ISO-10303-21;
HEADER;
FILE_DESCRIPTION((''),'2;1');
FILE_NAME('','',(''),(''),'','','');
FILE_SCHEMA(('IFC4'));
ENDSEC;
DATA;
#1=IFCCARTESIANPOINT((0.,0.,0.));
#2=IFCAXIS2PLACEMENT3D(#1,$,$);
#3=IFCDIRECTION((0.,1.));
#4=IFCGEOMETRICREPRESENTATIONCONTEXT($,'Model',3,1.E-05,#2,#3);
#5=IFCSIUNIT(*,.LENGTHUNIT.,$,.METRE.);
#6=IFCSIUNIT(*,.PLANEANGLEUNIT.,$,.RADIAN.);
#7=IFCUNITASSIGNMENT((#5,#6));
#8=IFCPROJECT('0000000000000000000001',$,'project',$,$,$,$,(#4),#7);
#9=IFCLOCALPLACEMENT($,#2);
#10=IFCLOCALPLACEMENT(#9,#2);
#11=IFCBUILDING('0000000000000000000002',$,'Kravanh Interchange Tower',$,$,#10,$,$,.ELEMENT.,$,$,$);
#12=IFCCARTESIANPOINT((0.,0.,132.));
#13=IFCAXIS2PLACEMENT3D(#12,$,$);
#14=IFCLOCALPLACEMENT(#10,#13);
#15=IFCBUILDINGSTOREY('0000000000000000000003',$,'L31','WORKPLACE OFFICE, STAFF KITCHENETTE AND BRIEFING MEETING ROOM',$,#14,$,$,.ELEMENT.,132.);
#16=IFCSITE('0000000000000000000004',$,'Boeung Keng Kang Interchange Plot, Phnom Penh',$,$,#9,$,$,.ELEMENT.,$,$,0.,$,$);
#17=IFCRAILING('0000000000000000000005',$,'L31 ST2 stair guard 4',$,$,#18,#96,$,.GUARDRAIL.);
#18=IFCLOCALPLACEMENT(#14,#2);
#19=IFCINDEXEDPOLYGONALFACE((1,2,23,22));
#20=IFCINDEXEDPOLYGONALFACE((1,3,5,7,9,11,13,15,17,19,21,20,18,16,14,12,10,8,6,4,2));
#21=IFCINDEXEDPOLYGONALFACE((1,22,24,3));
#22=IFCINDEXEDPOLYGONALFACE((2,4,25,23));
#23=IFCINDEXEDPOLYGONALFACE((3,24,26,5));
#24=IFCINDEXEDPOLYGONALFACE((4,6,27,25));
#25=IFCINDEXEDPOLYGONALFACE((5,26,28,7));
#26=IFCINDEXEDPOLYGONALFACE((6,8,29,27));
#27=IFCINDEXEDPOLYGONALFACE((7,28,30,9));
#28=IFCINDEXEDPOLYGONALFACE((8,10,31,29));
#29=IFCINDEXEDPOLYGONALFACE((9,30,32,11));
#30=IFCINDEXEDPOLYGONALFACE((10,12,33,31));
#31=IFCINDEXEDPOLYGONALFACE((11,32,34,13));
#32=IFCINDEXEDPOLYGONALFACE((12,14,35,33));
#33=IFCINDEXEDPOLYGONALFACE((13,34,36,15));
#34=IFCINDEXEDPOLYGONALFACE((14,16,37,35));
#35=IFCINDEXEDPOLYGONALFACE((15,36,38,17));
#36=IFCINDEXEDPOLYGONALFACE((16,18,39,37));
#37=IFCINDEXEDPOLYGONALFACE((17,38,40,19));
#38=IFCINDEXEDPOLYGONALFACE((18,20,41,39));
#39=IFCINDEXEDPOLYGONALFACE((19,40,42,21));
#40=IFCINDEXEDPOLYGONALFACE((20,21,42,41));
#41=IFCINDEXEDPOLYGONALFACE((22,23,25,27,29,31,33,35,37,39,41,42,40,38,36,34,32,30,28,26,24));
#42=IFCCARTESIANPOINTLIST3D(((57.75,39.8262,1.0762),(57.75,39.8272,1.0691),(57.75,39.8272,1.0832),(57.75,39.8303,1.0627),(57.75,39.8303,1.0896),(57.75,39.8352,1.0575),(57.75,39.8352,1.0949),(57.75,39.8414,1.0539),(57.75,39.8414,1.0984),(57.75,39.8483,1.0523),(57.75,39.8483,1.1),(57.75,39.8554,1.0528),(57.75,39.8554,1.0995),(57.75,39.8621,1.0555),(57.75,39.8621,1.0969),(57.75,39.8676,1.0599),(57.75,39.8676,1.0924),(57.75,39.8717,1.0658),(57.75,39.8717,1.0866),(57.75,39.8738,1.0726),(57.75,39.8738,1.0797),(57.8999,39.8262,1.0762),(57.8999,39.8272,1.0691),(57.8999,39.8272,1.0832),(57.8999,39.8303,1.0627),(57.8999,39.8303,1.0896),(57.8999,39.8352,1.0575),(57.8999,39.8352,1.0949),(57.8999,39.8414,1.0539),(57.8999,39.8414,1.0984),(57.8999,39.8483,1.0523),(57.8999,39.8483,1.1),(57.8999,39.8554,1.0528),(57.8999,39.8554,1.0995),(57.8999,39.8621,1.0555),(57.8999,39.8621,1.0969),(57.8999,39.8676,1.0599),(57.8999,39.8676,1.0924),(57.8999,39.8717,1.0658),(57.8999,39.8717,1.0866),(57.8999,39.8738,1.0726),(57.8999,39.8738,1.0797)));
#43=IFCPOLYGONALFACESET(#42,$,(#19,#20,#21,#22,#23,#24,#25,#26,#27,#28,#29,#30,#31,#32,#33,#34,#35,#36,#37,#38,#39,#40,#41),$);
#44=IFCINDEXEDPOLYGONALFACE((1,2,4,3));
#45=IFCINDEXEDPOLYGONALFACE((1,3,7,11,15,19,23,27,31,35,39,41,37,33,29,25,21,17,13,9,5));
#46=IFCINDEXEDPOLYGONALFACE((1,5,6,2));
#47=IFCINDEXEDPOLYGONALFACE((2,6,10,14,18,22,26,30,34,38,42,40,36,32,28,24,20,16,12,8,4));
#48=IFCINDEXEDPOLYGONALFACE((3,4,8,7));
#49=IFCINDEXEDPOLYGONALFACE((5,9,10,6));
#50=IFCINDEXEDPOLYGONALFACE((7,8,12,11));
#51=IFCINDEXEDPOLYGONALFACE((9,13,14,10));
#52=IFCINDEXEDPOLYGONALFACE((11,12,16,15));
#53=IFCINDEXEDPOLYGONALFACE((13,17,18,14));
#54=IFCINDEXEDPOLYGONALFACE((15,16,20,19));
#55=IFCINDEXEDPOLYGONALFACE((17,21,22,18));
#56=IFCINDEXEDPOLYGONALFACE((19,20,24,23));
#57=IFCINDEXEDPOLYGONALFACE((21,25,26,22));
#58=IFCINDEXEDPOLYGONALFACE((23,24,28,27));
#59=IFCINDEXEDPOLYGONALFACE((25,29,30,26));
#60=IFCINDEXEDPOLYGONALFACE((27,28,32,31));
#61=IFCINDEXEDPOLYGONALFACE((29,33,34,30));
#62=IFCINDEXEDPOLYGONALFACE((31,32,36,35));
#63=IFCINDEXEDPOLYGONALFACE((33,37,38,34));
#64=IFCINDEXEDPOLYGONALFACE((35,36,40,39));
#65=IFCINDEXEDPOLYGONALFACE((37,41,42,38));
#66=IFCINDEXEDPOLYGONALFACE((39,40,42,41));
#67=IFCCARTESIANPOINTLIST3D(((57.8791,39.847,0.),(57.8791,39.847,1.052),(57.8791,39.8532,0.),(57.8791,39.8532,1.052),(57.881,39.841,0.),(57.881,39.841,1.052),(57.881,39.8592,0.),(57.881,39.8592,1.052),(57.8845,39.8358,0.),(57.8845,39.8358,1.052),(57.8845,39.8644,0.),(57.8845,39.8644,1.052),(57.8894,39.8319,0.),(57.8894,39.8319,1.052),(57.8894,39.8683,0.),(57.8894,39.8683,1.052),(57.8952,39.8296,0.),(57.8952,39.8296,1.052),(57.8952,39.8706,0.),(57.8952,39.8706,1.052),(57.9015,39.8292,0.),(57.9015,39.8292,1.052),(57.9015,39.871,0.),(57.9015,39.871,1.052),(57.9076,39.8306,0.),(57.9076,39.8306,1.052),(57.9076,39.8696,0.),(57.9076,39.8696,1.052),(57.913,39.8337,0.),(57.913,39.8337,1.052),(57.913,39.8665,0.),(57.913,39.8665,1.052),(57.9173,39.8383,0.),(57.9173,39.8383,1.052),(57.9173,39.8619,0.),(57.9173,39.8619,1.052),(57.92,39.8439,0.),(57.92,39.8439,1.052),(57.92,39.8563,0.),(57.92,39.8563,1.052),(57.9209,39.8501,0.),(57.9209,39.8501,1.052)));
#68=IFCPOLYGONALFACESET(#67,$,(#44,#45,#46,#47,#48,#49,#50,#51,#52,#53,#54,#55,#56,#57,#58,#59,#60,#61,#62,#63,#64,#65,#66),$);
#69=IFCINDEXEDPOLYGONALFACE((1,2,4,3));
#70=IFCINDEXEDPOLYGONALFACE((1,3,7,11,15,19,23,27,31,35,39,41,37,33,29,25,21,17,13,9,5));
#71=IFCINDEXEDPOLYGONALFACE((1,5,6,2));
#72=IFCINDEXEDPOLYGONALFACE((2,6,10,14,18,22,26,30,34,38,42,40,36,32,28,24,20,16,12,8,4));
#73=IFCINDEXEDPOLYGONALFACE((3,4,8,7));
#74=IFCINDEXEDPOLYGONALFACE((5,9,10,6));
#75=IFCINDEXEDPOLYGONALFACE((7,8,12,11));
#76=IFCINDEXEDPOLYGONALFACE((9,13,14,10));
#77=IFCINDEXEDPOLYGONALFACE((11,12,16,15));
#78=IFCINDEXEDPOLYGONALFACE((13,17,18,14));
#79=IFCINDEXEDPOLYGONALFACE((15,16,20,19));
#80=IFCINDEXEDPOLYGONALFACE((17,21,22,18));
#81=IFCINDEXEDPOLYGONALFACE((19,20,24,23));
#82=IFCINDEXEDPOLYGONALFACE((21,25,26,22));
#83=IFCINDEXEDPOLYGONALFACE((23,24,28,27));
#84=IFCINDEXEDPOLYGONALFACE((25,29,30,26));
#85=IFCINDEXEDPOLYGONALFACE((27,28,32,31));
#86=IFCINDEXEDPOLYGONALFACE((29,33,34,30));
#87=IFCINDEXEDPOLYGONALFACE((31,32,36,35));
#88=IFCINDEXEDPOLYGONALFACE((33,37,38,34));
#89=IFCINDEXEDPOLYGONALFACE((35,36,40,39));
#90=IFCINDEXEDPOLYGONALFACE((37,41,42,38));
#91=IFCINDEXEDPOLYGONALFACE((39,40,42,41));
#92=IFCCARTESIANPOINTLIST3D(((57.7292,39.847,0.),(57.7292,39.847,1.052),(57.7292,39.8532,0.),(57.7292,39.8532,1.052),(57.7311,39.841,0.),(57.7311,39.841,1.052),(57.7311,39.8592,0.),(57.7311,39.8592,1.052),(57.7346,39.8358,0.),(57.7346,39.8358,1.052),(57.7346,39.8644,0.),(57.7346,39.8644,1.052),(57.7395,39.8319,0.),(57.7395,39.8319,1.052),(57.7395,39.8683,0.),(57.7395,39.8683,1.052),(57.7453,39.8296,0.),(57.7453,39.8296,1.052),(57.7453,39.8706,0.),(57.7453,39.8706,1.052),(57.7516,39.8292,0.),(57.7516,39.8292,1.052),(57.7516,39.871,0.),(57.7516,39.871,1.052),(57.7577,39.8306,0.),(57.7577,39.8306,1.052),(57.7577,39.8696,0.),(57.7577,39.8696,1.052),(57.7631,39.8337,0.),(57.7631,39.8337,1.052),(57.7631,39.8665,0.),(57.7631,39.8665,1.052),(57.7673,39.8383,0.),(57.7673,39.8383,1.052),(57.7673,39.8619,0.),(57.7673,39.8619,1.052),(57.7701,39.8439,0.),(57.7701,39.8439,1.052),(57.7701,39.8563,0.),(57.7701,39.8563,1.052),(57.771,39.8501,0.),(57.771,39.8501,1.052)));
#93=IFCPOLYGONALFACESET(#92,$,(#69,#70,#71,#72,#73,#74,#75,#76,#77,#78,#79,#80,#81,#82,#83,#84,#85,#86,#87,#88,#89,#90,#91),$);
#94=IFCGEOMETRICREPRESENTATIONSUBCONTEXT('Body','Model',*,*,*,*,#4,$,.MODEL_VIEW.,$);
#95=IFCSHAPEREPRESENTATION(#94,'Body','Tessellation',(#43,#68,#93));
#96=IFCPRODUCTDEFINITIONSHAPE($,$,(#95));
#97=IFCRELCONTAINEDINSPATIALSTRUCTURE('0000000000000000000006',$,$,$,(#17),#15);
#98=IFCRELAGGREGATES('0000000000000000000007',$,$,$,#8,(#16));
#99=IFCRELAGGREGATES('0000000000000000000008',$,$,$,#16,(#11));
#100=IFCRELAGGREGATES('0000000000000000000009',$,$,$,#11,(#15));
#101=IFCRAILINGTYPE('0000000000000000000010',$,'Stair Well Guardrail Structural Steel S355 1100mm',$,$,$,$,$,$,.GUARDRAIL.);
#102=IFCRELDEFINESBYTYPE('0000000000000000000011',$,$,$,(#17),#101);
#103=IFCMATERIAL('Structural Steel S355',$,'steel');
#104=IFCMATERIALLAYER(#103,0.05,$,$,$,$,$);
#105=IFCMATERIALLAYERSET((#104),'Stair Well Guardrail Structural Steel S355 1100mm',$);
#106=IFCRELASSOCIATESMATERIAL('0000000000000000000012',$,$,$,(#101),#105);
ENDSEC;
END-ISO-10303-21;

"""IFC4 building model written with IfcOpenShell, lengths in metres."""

from ifc_helpers import new_model, si_unit, direction, frame, origin, origin_2d, place, context, subcontext, project, spatial, circle, extrude, material, layer, layer_set, type_object, element, save


model = new_model("IFC4")

# Units and contexts
model_context = context("Model", 3, precision=1e-05, world=origin(), true_north=direction((0.0, 1.0)))
body_context = subcontext(model_context, "Body", "Model", "MODEL_VIEW")
ifc_project = project(units=[si_unit("LENGTHUNIT", "METRE"), si_unit("PLANEANGLEUNIT", "RADIAN")], contexts=[model_context])

# Site, building, storey
site_placement = place(None, origin())
site = spatial("IfcSite", under=ifc_project, at=site_placement, Name="Boeung Keng Kang Interchange Plot, Phnom Penh", CompositionType="ELEMENT", RefElevation=0.0)
building_placement = place(site_placement, origin())
building = spatial("IfcBuilding", under=site, at=building_placement, Name="Kravanh Interchange Tower", CompositionType="ELEMENT")
storey_placement = place(building_placement, frame((0.0, 0.0, 132.0)))
storey = spatial("IfcBuildingStorey", under=building, at=storey_placement, Name="L31", Description="WORKPLACE OFFICE, STAFF KITCHENETTE AND BRIEFING MEETING ROOM", CompositionType="ELEMENT", Elevation=132.0)

# Railing
ifc_material_1 = material(Name="Structural Steel S355", Category="steel")
ifc_layer_1 = layer(ifc_material_1, 0.05)
ifc_layer_set_1 = layer_set([ifc_layer_1], Name="Stair Well Guardrail Structural Steel S355 1100mm")
railing_type_1 = type_object("IfcRailingType", Name="Stair Well Guardrail Structural Steel S355 1100mm", PredefinedType="GUARDRAIL", material=ifc_layer_set_1)
railing_1_placement = place(storey_placement, frame((57.8999, 39.8501, 0.0)))
element("IfcRailing", 1, at=railing_1_placement, inside=storey, type_object=railing_type_1, Name="L31 ST2 stair guard 4", PredefinedType="GUARDRAIL", context=body_context, shape_type="SweptSolid", body=[
    extrude(circle(Radius=0.0239, at=origin_2d()), frame((0.0, 0.0, 1.0762), z_axis=(-1.0, 0.0, 0.0), x_axis=(0.0, -1.0, 0.0)), (0.0, 0.0, 1.0), 0.1499),
    extrude(circle(Radius=0.021, at=origin_2d()), origin(), (0.0, 0.0, 1.0), 1.052),
    extrude(circle(Radius=0.021, at=origin_2d()), frame((-0.1499, 0.0, 0.0)), (0.0, 0.0, 1.0), 1.052),
])

save(model, "model.ifc")
